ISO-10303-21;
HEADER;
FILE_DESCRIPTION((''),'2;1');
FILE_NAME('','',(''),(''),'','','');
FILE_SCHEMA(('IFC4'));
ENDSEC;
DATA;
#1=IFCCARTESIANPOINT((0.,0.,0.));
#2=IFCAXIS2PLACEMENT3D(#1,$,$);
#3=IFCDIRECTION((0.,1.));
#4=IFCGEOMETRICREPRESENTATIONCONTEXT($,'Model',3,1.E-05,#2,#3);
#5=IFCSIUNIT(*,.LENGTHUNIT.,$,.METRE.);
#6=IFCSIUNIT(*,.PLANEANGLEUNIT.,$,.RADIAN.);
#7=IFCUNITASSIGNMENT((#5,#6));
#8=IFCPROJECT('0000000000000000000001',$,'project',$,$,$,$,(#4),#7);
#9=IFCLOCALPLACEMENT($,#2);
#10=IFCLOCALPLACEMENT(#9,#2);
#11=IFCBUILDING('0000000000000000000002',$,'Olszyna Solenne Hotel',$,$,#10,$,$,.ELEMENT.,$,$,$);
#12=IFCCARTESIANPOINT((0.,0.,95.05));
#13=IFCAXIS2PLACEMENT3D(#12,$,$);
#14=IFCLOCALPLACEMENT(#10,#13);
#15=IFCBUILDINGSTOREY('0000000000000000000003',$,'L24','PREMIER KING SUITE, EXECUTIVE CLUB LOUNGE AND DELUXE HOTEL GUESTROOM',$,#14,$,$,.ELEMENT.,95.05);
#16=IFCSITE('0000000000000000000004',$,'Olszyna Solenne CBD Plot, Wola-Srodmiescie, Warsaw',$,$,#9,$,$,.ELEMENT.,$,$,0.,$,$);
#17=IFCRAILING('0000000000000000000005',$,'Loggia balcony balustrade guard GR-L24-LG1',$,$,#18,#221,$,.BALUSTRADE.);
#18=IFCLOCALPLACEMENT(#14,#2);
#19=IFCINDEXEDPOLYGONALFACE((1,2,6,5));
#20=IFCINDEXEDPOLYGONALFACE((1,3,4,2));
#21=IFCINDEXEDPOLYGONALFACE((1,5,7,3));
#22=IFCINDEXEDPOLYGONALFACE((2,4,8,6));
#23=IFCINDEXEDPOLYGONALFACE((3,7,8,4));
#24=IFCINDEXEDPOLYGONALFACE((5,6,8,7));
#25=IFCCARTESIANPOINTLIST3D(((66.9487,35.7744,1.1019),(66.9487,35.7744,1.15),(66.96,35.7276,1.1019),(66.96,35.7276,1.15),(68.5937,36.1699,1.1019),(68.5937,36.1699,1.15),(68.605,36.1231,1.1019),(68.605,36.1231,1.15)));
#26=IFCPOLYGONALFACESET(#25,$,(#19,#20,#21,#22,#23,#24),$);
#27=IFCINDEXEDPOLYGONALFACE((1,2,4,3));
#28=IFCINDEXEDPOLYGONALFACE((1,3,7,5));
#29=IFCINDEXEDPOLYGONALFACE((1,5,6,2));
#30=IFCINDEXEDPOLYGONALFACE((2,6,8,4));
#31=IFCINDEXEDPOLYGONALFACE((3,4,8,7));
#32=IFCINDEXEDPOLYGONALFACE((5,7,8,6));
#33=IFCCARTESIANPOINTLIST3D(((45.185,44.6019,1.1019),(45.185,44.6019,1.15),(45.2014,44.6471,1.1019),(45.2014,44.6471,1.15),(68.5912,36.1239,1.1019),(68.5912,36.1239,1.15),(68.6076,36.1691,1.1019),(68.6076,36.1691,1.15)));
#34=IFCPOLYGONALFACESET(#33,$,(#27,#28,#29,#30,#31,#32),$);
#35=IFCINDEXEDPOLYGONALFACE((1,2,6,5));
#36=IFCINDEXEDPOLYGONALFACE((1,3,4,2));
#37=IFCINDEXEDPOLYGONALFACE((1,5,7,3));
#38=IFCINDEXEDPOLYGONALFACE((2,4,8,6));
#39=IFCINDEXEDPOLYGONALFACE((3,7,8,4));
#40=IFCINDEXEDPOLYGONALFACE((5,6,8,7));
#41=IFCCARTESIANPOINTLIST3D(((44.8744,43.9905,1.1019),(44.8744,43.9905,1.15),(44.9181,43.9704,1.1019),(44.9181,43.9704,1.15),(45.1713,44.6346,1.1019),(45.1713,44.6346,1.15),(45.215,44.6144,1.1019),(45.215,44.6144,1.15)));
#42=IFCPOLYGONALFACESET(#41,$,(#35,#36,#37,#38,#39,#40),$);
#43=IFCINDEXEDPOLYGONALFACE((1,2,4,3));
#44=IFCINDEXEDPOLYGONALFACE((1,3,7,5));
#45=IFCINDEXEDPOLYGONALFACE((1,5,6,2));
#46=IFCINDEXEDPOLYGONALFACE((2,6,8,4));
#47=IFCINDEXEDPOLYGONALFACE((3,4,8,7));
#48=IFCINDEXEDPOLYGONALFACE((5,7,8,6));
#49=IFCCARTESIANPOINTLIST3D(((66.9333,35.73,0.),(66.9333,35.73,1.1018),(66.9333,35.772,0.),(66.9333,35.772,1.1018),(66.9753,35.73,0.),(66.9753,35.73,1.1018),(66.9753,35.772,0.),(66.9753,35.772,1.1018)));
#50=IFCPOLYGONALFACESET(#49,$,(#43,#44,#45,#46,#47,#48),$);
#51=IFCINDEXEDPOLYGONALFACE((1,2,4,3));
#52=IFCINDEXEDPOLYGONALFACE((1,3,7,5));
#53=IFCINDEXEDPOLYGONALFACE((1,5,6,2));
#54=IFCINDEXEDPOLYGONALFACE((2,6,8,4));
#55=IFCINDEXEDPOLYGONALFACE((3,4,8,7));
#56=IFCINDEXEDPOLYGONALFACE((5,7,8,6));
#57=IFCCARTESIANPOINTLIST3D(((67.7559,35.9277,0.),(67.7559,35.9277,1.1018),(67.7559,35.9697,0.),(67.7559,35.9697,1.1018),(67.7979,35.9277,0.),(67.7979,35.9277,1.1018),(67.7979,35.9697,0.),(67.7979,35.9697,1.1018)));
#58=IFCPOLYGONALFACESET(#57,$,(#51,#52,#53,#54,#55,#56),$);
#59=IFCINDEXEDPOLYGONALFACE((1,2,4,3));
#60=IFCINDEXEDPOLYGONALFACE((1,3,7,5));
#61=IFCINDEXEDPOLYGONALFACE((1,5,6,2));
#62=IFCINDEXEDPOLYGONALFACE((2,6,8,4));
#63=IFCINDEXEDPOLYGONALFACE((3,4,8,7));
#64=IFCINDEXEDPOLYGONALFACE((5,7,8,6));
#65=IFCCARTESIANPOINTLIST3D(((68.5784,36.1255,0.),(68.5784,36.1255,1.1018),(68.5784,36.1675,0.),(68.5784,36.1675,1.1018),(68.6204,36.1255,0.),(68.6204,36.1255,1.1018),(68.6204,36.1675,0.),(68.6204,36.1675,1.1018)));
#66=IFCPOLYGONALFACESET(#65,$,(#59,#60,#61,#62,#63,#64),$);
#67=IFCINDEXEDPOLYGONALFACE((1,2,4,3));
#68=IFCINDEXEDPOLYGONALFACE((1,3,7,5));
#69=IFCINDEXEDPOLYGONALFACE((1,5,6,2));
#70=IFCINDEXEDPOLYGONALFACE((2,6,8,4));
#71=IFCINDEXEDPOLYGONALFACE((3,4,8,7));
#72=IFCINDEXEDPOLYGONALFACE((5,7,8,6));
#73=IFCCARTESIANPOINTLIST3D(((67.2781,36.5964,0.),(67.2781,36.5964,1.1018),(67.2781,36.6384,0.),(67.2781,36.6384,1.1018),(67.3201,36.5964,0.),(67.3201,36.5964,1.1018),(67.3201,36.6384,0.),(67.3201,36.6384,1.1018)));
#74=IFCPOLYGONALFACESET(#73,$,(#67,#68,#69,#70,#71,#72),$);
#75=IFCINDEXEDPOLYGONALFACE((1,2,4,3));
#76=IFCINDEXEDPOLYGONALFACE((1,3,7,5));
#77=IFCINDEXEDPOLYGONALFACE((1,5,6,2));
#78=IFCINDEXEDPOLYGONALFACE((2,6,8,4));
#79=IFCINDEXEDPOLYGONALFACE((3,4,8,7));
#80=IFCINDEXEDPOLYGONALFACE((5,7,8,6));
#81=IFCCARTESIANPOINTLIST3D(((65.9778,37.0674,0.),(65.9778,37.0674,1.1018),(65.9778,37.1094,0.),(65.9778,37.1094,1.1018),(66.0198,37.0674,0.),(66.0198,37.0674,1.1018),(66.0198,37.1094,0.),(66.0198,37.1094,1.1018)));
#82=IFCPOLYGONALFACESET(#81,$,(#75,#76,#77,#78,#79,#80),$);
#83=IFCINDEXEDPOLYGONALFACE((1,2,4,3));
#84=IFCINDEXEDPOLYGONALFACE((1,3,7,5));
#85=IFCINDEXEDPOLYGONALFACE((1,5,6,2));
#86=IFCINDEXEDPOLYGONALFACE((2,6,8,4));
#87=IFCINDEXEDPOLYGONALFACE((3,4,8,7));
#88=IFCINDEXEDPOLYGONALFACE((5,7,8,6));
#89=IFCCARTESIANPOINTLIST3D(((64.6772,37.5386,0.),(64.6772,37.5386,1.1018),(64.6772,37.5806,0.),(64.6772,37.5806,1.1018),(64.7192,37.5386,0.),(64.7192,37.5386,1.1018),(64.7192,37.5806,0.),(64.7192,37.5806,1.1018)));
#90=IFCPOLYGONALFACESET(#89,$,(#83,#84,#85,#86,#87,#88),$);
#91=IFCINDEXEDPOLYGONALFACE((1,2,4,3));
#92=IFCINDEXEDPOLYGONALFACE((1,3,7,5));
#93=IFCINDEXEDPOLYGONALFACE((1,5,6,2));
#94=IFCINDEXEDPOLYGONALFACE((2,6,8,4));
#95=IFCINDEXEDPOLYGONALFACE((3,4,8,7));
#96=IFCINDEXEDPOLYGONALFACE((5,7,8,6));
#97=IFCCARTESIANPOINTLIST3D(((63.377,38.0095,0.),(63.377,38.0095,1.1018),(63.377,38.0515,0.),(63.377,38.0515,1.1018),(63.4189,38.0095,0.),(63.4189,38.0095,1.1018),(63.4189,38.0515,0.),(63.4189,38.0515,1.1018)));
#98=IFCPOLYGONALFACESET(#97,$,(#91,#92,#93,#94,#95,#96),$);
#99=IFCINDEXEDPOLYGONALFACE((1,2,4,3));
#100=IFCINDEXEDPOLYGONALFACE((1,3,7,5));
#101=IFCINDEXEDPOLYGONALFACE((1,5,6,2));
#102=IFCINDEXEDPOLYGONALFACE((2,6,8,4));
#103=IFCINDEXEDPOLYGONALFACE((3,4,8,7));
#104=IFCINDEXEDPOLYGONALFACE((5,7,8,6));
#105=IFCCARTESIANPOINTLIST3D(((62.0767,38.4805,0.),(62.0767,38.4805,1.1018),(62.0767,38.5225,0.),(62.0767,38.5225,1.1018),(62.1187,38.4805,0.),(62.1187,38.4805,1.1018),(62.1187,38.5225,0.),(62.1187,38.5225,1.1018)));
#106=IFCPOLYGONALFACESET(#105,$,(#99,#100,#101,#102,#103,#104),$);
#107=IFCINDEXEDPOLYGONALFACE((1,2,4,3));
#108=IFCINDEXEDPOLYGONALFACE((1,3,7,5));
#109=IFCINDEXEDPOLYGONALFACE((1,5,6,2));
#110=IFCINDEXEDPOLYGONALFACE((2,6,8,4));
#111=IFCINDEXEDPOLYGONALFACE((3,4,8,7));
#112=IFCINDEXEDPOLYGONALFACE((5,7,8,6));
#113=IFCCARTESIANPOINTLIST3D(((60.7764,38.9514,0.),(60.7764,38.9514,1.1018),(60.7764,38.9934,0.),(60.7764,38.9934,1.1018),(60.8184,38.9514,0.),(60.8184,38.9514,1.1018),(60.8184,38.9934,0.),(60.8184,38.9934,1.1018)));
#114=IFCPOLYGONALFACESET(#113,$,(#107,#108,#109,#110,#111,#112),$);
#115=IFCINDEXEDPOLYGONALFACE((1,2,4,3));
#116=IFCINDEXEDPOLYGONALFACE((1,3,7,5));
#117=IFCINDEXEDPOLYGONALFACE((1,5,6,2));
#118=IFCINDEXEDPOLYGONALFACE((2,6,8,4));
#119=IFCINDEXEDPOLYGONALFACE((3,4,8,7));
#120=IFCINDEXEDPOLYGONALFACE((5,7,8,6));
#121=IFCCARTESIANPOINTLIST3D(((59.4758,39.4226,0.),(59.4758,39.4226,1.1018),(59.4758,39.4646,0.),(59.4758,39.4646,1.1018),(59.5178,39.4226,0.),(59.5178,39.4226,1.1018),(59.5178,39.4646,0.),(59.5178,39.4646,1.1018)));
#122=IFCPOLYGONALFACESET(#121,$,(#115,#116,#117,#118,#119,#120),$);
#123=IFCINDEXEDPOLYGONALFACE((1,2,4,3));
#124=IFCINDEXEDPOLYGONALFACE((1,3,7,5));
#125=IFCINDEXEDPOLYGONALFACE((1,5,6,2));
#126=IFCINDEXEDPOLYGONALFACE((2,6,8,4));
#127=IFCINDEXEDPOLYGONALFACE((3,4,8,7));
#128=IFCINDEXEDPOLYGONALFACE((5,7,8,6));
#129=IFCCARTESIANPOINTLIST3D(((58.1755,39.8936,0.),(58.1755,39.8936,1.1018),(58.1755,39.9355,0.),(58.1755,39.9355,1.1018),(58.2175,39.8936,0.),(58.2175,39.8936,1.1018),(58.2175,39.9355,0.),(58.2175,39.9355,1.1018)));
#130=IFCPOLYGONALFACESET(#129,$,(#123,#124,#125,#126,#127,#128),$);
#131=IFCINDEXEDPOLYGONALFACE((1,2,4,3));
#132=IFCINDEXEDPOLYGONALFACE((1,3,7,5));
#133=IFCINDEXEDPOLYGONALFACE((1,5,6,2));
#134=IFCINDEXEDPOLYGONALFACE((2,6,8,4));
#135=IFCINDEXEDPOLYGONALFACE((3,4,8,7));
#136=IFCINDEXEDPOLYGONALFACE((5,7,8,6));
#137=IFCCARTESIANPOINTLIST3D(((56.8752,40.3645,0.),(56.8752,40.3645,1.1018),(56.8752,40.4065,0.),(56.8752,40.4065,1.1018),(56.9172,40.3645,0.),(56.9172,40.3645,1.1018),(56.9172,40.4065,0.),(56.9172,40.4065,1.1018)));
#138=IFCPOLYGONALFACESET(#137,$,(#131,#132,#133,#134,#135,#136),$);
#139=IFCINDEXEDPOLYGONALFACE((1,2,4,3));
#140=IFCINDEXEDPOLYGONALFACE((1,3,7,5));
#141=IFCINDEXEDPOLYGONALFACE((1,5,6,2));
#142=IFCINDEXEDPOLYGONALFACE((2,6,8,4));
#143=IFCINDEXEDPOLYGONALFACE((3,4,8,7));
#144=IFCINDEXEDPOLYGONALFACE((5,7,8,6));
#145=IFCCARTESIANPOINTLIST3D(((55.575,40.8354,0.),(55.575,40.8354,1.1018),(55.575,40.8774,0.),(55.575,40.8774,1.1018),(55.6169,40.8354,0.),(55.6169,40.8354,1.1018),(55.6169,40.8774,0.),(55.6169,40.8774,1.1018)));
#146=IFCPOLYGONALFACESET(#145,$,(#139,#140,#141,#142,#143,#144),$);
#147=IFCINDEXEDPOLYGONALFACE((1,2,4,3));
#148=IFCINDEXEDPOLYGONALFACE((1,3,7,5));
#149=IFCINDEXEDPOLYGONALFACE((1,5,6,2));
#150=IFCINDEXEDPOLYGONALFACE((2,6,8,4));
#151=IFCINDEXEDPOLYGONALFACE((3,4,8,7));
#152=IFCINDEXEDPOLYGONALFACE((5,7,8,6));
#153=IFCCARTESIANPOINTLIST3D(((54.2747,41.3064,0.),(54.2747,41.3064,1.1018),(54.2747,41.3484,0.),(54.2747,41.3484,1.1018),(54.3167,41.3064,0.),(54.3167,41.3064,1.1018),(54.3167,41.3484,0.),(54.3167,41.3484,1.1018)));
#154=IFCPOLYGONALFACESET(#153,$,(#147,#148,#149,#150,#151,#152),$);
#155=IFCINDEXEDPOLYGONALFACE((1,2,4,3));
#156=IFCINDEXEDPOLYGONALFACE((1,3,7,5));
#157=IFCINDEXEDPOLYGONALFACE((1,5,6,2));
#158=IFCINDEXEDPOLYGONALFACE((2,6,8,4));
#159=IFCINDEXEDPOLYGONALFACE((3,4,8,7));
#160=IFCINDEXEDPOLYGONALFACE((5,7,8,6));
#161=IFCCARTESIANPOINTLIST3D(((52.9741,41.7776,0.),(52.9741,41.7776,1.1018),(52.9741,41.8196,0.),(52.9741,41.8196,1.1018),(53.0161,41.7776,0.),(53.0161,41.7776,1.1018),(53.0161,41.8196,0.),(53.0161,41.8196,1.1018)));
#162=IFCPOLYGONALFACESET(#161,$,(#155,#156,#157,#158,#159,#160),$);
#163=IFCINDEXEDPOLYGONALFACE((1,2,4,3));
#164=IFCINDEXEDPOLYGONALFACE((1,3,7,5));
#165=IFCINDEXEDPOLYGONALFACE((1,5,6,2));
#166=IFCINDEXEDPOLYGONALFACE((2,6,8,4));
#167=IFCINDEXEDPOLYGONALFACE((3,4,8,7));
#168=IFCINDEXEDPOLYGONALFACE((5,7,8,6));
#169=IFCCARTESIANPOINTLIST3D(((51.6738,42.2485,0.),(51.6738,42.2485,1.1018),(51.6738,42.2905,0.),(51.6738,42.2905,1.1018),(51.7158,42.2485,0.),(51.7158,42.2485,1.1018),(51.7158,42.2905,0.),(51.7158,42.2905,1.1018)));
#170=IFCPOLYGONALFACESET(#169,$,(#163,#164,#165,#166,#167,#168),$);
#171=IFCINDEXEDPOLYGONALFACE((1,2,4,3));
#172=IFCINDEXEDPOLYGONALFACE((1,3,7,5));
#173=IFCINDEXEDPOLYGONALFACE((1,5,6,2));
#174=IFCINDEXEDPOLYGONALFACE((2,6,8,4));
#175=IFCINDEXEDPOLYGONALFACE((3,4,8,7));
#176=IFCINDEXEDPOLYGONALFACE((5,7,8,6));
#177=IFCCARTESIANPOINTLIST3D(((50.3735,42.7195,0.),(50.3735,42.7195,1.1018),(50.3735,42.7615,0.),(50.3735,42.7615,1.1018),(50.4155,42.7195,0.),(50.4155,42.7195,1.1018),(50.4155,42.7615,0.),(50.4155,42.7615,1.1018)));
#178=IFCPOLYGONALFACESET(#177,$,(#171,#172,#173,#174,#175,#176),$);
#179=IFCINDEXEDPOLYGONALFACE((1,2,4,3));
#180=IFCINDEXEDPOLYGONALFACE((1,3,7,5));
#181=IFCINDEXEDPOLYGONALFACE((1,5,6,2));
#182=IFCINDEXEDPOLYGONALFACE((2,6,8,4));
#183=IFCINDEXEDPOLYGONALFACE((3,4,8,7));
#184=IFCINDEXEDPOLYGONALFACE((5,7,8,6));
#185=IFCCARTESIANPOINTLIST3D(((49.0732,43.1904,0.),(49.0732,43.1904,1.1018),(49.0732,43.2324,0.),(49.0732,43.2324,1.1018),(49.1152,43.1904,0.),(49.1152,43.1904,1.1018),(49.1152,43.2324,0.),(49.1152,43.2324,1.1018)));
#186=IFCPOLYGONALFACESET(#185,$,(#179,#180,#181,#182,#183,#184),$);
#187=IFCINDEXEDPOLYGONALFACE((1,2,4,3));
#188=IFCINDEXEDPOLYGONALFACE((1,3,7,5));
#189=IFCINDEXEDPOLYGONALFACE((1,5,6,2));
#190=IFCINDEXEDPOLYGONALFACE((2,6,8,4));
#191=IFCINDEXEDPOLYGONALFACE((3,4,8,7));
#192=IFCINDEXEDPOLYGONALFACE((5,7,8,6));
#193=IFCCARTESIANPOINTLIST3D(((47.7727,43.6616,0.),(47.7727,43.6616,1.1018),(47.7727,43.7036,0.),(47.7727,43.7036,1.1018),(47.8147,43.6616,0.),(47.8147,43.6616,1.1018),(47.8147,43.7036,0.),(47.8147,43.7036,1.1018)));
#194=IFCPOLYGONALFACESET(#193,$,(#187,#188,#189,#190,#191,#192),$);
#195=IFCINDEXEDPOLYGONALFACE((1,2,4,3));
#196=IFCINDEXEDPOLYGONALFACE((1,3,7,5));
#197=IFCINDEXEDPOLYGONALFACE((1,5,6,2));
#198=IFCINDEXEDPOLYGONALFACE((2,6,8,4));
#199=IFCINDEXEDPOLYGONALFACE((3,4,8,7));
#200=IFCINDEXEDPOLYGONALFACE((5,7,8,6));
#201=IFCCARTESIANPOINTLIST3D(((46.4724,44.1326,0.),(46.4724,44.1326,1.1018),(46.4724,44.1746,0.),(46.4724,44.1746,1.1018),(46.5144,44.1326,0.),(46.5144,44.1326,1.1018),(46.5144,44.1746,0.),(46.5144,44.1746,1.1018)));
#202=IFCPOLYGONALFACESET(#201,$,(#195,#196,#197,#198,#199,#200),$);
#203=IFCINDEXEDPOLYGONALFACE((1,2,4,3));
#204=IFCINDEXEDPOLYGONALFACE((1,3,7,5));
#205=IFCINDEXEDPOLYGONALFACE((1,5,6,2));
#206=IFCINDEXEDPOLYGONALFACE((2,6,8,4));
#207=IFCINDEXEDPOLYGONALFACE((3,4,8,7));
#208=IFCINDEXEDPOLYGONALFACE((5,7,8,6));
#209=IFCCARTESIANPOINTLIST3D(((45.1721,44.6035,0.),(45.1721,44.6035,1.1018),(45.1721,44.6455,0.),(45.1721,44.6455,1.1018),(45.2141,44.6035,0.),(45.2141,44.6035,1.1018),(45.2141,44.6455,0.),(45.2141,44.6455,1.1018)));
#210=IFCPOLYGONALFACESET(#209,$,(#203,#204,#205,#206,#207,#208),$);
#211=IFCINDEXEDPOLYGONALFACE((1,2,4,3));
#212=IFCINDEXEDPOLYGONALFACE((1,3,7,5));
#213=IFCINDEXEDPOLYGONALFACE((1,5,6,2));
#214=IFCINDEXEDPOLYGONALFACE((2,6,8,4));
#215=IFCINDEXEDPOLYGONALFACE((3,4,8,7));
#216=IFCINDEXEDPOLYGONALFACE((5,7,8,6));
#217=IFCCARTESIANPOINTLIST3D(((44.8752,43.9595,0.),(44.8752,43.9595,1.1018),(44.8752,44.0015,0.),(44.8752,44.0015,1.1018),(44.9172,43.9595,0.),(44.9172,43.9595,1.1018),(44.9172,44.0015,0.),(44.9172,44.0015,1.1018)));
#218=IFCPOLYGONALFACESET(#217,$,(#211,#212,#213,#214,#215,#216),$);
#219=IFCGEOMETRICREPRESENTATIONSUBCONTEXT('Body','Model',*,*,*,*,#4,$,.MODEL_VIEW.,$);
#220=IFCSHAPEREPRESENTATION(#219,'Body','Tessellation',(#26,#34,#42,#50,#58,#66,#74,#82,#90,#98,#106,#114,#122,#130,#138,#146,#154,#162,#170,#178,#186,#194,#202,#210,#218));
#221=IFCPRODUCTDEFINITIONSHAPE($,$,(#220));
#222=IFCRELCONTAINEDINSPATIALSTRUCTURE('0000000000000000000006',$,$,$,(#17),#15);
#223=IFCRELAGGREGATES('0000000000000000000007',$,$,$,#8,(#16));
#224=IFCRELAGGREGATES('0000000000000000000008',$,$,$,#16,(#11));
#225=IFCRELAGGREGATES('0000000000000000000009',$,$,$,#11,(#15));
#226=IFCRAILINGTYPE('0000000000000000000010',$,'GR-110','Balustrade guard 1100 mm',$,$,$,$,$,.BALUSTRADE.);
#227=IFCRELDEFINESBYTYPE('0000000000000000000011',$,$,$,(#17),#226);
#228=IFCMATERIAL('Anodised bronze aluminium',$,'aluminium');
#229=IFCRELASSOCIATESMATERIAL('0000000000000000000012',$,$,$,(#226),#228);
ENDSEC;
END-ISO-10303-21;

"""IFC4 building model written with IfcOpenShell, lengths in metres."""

from ifc_helpers import new_model, si_unit, direction, frame, origin, origin_2d, place, context, subcontext, project, spatial, rectangle, extrude, material, type_object, element, save


model = new_model("IFC4")

# Units and contexts
model_context = context("Model", 3, precision=1e-05, world=origin(), true_north=direction((0.0, 1.0)))
body_context = subcontext(model_context, "Body", "Model", "MODEL_VIEW")
ifc_project = project(units=[si_unit("LENGTHUNIT", "METRE"), si_unit("PLANEANGLEUNIT", "RADIAN")], contexts=[model_context])

# Site, building, storey
site_placement = place(None, origin())
site = spatial("IfcSite", under=ifc_project, at=site_placement, Name="Olszyna Solenne CBD Plot, Wola-Srodmiescie, Warsaw", CompositionType="ELEMENT", RefElevation=0.0)
building_placement = place(site_placement, origin())
building = spatial("IfcBuilding", under=site, at=building_placement, Name="Olszyna Solenne Hotel", CompositionType="ELEMENT")
storey_placement = place(building_placement, frame((0.0, 0.0, 95.05)))
storey = spatial("IfcBuildingStorey", under=building, at=storey_placement, Name="L24", Description="PREMIER KING SUITE, EXECUTIVE CLUB LOUNGE AND DELUXE HOTEL GUESTROOM", CompositionType="ELEMENT", Elevation=95.05)

# Shared definitions
ifc_material_1 = material(Name="Anodised bronze aluminium", Category="aluminium")

# Railing
railing_type = type_object("IfcRailingType", Name="GR-110", Description="Balustrade guard 1100 mm", PredefinedType="BALUSTRADE", material=ifc_material_1)
railing_placement = place(storey_placement, frame((66.9543, 35.751, 0.0)))
element("IfcRailing", 1, at=railing_placement, inside=storey, type_object=railing_type, Name="Loggia balcony balustrade guard GR-L24-LG1", PredefinedType="BALUSTRADE", context=body_context, shape_type="SweptSolid", body=[
    extrude(rectangle(XDim=0.0481, YDim=0.0481, at=origin_2d()), frame((0.0, 0.0, 1.126), z_axis=(0.972293, 0.233766, 0.0), x_axis=(-0.233766, 0.972293, 0.0)), (0.0, 0.0, 1.0), 1.6919),
    extrude(rectangle(XDim=0.0481, YDim=0.0481, at=origin_2d()), frame((1.645, 0.3955, 1.126), z_axis=(-0.940223, 0.34056, 0.0), x_axis=(-0.34056, -0.940223, 0.0)), (0.0, 0.0, 1.0), 24.8943),
    extrude(rectangle(XDim=0.0481, YDim=0.0481, at=origin_2d()), frame((-21.7612, 8.8735, 1.126), z_axis=(-0.418622, -0.908161, 0.0), x_axis=(0.908161, -0.418622, 0.0)), (0.0, 0.0, 1.0), 0.7092),
    extrude(rectangle(XDim=0.042, YDim=0.042, at=origin_2d()), origin(), (0.0, 0.0, 1.0), 1.1018),
    extrude(rectangle(XDim=0.042, YDim=0.042, at=origin_2d()), frame((0.8225, 0.1978, 0.0)), (0.0, 0.0, 1.0), 1.1018),
    extrude(rectangle(XDim=0.042, YDim=0.042, at=origin_2d()), frame((1.645, 0.3955, 0.0)), (0.0, 0.0, 1.0), 1.1018),
    extrude(rectangle(XDim=0.042, YDim=0.042, at=origin_2d()), frame((0.3447, 0.8665, 0.0)), (0.0, 0.0, 1.0), 1.1018),
    extrude(rectangle(XDim=0.042, YDim=0.042, at=origin_2d()), frame((-0.9556, 1.3374, 0.0)), (0.0, 0.0, 1.0), 1.1018),
    extrude(rectangle(XDim=0.042, YDim=0.042, at=origin_2d()), frame((-2.2561, 1.8086, 0.0)), (0.0, 0.0, 1.0), 1.1018),
    extrude(rectangle(XDim=0.042, YDim=0.042, at=origin_2d()), frame((-3.5564, 2.2795, 0.0)), (0.0, 0.0, 1.0), 1.1018),
    extrude(rectangle(XDim=0.042, YDim=0.042, at=origin_2d()), frame((-4.8567, 2.7505, 0.0)), (0.0, 0.0, 1.0), 1.1018),
    extrude(rectangle(XDim=0.042, YDim=0.042, at=origin_2d()), frame((-6.157, 3.2214, 0.0)), (0.0, 0.0, 1.0), 1.1018),
    extrude(rectangle(XDim=0.042, YDim=0.042, at=origin_2d()), frame((-7.4575, 3.6926, 0.0)), (0.0, 0.0, 1.0), 1.1018),
    extrude(rectangle(XDim=0.042, YDim=0.042, at=origin_2d()), frame((-8.7578, 4.1636, 0.0)), (0.0, 0.0, 1.0), 1.1018),
    extrude(rectangle(XDim=0.042, YDim=0.042, at=origin_2d()), frame((-10.0581, 4.6345, 0.0)), (0.0, 0.0, 1.0), 1.1018),
    extrude(rectangle(XDim=0.042, YDim=0.042, at=origin_2d()), frame((-11.3584, 5.1055, 0.0)), (0.0, 0.0, 1.0), 1.1018),
    extrude(rectangle(XDim=0.042, YDim=0.042, at=origin_2d()), frame((-12.6587, 5.5764, 0.0)), (0.0, 0.0, 1.0), 1.1018),
    extrude(rectangle(XDim=0.042, YDim=0.042, at=origin_2d()), frame((-13.9592, 6.0476, 0.0)), (0.0, 0.0, 1.0), 1.1018),
    extrude(rectangle(XDim=0.042, YDim=0.042, at=origin_2d()), frame((-15.2595, 6.5186, 0.0)), (0.0, 0.0, 1.0), 1.1018),
    extrude(rectangle(XDim=0.042, YDim=0.042, at=origin_2d()), frame((-16.5598, 6.9895, 0.0)), (0.0, 0.0, 1.0), 1.1018),
    extrude(rectangle(XDim=0.042, YDim=0.042, at=origin_2d()), frame((-17.8601, 7.4604, 0.0)), (0.0, 0.0, 1.0), 1.1018),
    extrude(rectangle(XDim=0.042, YDim=0.042, at=origin_2d()), frame((-19.1606, 7.9316, 0.0)), (0.0, 0.0, 1.0), 1.1018),
    extrude(rectangle(XDim=0.042, YDim=0.042, at=origin_2d()), frame((-20.4609, 8.4026, 0.0)), (0.0, 0.0, 1.0), 1.1018),
    extrude(rectangle(XDim=0.042, YDim=0.042, at=origin_2d()), frame((-21.7612, 8.8735, 0.0)), (0.0, 0.0, 1.0), 1.1018),
    extrude(rectangle(XDim=0.042, YDim=0.042, at=origin_2d()), frame((-22.0581, 8.2295, 0.0)), (0.0, 0.0, 1.0), 1.1018),
])

save(model, "model.ifc")
